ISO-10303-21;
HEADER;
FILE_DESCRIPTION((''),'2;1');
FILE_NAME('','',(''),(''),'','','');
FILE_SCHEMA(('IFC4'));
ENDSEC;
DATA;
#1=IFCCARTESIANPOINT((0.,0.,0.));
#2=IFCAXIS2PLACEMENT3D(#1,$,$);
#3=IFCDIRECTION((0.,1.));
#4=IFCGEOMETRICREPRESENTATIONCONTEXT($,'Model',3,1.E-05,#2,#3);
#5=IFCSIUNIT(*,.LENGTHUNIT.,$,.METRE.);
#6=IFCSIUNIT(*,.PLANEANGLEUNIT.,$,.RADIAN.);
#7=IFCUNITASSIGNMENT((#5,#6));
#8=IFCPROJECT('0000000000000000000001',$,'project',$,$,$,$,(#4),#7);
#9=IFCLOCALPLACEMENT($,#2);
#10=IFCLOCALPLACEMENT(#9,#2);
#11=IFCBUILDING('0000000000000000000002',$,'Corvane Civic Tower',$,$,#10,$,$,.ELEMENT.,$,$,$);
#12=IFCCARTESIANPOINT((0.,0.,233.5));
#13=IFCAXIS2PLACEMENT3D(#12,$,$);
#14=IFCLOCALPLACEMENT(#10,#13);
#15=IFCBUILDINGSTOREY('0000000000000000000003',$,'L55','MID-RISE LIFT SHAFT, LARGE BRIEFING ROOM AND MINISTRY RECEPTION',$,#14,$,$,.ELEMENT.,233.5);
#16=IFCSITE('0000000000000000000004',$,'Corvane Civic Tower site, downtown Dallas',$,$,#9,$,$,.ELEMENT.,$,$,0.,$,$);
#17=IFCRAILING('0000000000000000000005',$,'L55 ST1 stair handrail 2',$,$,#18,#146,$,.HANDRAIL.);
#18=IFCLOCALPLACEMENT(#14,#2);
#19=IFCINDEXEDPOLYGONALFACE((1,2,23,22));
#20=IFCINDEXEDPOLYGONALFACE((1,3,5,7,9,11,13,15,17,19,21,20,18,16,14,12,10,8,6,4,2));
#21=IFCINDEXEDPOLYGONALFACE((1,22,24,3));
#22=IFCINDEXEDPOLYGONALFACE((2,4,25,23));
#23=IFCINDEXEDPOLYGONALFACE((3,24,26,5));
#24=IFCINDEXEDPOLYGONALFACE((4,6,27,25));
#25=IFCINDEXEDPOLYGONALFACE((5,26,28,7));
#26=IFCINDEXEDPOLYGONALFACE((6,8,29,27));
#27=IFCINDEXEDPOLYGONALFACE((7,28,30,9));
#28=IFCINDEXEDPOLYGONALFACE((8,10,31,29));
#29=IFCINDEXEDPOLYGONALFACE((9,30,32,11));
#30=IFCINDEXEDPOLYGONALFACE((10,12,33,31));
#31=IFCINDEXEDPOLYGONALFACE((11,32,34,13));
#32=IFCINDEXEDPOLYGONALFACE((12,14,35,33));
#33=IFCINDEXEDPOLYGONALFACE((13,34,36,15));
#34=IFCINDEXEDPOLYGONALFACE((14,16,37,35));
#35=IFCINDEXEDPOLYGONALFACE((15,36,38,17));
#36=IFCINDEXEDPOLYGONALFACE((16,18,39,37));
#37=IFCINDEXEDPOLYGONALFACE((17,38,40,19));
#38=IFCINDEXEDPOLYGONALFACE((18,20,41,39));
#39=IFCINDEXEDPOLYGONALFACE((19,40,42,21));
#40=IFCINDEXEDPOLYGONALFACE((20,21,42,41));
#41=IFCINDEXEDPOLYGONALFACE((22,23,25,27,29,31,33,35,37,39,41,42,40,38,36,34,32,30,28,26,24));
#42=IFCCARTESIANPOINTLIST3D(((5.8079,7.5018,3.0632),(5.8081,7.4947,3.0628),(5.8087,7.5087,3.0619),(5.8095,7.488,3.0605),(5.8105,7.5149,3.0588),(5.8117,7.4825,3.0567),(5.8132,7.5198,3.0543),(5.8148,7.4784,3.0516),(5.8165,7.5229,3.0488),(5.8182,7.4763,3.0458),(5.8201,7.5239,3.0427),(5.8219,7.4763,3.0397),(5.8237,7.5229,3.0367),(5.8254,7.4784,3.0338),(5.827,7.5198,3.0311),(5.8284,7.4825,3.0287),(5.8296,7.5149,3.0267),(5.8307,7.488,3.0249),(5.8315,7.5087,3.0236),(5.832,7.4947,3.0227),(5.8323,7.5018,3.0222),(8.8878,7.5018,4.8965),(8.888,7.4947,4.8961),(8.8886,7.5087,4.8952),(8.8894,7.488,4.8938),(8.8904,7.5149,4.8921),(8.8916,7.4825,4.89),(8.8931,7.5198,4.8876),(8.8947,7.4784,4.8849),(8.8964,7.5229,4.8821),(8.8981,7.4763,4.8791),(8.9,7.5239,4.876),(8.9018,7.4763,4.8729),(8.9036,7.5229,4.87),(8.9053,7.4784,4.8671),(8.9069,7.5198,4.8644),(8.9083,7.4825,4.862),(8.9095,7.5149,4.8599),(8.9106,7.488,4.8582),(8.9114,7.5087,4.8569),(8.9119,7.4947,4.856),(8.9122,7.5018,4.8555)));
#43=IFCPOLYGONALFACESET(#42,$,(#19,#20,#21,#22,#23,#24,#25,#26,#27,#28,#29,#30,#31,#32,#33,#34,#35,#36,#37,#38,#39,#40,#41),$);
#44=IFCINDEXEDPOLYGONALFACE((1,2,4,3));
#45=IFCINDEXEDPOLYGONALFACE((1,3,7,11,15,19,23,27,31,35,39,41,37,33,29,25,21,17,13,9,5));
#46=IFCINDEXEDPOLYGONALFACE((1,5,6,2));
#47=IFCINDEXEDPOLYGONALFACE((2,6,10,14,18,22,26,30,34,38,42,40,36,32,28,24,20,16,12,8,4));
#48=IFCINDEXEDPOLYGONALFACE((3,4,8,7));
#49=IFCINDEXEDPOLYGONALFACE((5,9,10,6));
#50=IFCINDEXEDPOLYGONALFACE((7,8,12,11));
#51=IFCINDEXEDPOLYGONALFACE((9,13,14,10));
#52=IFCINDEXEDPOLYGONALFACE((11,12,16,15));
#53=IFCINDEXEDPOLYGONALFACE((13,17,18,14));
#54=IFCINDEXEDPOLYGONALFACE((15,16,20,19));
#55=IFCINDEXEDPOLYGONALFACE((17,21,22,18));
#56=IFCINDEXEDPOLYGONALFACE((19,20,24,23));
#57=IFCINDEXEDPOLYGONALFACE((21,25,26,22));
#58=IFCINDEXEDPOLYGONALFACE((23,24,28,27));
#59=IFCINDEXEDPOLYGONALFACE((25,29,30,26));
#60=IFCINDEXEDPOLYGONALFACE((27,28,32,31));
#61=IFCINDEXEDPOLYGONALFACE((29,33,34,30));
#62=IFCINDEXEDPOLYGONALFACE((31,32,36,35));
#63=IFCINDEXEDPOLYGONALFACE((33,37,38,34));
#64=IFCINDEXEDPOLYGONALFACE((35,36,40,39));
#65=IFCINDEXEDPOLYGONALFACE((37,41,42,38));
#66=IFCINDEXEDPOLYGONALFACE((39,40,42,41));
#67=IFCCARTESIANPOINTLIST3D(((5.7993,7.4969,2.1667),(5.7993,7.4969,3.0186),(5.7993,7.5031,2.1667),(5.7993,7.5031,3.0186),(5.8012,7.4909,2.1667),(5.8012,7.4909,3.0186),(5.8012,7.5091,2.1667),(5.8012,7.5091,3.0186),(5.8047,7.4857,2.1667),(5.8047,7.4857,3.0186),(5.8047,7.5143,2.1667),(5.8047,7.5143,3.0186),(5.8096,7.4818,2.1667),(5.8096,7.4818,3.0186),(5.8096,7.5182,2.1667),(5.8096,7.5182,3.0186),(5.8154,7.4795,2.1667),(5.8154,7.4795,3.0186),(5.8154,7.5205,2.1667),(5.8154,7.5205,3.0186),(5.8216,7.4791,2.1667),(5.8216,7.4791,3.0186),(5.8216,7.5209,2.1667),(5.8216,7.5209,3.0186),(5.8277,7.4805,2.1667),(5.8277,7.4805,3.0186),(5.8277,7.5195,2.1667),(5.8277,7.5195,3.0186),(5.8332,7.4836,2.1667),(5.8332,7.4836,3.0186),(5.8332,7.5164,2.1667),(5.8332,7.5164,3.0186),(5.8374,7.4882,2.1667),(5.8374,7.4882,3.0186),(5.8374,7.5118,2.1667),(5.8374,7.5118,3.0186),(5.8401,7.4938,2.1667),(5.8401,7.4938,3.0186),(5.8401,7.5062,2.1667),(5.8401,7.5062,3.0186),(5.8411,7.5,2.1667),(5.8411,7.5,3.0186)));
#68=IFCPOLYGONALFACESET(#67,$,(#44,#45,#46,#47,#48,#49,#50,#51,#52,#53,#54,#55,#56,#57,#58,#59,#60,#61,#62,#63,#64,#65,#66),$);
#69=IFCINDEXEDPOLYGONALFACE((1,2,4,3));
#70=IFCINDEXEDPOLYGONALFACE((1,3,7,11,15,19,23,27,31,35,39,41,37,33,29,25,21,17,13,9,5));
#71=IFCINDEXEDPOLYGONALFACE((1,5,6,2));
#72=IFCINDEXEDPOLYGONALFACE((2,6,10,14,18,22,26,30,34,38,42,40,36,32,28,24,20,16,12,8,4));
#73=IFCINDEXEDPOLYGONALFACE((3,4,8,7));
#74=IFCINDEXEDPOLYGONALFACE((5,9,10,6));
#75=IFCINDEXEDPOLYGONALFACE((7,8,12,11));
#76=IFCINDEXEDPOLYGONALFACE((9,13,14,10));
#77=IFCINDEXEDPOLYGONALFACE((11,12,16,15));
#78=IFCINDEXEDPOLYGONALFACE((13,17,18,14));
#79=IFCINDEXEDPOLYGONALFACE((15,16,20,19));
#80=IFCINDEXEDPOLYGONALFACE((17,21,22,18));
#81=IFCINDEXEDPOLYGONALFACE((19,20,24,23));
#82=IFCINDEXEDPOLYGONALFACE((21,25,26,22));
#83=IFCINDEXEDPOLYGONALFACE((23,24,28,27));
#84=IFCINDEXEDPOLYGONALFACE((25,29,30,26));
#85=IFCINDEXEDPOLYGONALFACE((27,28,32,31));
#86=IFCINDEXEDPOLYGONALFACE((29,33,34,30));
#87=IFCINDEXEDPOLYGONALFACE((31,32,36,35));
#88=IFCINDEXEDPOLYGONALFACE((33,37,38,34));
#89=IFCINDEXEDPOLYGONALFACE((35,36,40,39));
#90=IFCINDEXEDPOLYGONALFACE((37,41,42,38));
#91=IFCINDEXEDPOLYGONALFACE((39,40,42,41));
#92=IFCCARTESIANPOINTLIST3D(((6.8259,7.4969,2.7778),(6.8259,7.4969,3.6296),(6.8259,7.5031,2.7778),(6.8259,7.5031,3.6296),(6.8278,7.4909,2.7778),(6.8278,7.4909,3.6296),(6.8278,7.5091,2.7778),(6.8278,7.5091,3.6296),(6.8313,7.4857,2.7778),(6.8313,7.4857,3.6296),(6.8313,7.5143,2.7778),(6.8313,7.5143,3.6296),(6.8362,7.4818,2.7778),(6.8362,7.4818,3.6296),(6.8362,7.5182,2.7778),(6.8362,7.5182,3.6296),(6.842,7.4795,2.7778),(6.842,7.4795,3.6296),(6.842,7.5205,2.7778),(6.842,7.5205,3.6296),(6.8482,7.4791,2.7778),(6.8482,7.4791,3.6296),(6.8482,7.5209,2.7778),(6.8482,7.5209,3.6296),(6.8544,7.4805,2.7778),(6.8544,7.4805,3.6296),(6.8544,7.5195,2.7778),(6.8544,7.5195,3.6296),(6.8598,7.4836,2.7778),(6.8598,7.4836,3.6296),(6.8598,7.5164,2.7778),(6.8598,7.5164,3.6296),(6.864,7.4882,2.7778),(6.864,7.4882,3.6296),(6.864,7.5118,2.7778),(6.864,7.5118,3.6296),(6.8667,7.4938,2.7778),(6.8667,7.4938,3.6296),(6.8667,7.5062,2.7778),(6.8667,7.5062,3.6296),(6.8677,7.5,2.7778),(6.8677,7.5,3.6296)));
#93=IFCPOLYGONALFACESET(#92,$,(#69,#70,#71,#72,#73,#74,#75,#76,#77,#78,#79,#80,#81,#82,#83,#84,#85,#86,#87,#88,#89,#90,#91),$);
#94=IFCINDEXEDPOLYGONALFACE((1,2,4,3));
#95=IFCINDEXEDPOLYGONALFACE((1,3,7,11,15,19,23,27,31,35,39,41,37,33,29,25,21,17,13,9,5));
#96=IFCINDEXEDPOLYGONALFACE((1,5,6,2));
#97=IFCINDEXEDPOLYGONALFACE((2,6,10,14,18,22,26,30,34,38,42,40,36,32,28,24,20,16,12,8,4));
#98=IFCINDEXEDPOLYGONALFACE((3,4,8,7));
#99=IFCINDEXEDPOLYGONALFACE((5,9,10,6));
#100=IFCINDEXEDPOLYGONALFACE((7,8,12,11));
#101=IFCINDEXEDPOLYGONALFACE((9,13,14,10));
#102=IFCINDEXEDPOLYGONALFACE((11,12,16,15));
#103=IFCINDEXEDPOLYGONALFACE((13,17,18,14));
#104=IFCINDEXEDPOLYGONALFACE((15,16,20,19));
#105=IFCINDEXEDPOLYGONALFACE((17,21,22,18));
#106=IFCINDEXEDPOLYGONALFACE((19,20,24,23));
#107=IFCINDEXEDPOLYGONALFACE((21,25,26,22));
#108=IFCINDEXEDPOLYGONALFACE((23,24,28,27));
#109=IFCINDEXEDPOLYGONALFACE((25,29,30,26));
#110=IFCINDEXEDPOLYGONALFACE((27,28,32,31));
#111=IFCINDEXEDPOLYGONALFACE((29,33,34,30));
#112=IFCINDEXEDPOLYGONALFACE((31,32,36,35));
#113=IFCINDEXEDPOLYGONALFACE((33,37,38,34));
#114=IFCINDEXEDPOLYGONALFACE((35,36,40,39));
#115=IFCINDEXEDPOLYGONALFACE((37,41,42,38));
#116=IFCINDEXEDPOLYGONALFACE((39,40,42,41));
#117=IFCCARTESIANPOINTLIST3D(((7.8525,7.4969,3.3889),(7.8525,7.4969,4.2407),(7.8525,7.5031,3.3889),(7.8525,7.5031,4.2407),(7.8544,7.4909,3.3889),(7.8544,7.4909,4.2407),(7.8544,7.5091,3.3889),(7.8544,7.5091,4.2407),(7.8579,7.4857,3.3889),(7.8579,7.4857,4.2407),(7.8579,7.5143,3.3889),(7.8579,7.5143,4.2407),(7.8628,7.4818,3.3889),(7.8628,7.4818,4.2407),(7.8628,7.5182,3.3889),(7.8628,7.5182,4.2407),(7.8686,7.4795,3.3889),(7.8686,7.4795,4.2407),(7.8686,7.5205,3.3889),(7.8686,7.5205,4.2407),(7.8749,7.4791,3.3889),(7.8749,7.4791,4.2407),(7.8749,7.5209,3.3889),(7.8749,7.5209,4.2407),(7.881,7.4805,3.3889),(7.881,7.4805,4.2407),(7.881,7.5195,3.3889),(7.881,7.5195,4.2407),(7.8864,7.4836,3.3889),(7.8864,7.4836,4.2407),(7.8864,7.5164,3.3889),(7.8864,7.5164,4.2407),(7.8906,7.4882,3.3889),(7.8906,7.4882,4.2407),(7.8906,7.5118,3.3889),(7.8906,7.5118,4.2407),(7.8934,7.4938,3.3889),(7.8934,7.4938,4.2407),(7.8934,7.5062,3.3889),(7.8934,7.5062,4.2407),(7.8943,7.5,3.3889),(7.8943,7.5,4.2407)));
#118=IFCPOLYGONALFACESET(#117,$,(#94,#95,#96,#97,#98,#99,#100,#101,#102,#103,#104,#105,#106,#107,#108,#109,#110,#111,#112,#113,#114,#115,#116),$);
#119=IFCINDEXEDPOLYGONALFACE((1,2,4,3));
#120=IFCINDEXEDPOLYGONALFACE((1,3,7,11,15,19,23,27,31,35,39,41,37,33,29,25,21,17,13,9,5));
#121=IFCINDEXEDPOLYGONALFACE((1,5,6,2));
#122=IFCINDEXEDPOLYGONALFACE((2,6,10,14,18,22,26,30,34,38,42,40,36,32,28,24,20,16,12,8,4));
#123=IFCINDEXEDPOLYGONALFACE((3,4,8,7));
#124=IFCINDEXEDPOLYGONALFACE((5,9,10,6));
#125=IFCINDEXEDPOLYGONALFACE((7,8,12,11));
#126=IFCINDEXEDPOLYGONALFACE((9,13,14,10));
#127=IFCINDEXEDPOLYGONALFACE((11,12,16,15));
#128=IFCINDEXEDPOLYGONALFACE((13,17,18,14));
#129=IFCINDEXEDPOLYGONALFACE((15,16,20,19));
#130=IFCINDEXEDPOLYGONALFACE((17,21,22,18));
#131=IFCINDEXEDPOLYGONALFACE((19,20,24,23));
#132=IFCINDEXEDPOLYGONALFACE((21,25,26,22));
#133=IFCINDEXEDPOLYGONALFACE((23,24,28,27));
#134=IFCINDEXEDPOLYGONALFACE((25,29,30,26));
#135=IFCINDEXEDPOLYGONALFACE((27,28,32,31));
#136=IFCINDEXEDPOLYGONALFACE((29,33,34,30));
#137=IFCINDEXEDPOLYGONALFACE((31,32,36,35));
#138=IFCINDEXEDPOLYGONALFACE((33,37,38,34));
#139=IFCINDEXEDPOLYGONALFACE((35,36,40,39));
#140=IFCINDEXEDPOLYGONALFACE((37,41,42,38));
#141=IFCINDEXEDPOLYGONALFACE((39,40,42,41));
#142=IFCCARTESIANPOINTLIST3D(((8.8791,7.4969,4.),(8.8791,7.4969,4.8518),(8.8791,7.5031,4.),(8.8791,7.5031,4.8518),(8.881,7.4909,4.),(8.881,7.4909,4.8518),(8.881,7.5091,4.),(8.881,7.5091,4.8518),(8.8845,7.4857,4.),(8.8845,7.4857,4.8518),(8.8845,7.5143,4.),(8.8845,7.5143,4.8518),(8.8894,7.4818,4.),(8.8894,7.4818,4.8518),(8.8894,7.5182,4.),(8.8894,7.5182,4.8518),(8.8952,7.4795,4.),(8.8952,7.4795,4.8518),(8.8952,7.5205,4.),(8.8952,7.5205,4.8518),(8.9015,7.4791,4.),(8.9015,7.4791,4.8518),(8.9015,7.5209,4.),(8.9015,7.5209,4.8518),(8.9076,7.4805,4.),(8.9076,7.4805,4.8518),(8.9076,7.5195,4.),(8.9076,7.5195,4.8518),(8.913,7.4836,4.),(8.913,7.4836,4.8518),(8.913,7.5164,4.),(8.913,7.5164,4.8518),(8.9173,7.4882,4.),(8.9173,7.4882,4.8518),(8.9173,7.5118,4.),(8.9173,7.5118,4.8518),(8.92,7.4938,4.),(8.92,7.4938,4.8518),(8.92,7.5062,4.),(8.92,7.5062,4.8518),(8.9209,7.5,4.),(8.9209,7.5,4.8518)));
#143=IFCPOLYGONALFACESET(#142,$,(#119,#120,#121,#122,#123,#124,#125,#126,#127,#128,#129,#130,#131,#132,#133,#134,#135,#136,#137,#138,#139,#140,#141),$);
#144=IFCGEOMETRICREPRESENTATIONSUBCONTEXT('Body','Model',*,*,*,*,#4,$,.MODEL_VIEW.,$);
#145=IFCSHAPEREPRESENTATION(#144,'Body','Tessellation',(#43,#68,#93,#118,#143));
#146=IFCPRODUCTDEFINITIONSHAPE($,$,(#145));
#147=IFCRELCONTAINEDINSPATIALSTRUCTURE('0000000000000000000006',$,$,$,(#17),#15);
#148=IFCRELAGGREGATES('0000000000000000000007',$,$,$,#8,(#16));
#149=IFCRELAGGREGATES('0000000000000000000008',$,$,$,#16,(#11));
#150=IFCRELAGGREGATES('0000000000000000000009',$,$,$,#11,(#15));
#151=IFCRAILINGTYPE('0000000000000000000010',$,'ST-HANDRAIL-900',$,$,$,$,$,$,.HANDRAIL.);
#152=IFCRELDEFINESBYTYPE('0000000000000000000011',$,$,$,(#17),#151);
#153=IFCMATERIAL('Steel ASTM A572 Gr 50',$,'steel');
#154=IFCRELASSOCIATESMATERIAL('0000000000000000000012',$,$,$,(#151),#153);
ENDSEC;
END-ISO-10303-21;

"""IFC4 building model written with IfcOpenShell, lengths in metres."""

from ifc_helpers import new_model, si_unit, direction, frame, origin, origin_2d, place, context, subcontext, project, spatial, circle, extrude, material, type_object, element, save


model = new_model("IFC4")

# Units and contexts
model_context = context("Model", 3, precision=1e-05, world=origin(), true_north=direction((0.0, 1.0)))
body_context = subcontext(model_context, "Body", "Model", "MODEL_VIEW")
ifc_project = project(units=[si_unit("LENGTHUNIT", "METRE"), si_unit("PLANEANGLEUNIT", "RADIAN")], contexts=[model_context])

# Site, building, storey
site_placement = place(None, origin())
site = spatial("IfcSite", under=ifc_project, at=site_placement, Name="Corvane Civic Tower site, downtown Dallas", CompositionType="ELEMENT", RefElevation=0.0)
building_placement = place(site_placement, origin())
building = spatial("IfcBuilding", under=site, at=building_placement, Name="Corvane Civic Tower", CompositionType="ELEMENT")
storey_placement = place(building_placement, frame((0.0, 0.0, 233.5)))
storey = spatial("IfcBuildingStorey", under=building, at=storey_placement, Name="L55", Description="MID-RISE LIFT SHAFT, LARGE BRIEFING ROOM AND MINISTRY RECEPTION", CompositionType="ELEMENT", Elevation=233.5)

# Railing
ifc_material_1 = material(Name="Steel ASTM A572 Gr 50", Category="steel")
railing_type_1 = type_object("IfcRailingType", Name="ST-HANDRAIL-900", PredefinedType="HANDRAIL", material=ifc_material_1)
railing_1_placement = place(storey_placement, frame((5.8201, 7.5, 2.1667)))
element("IfcRailing", 1, at=railing_1_placement, inside=storey, type_object=railing_type_1, Name="L55 ST1 stair handrail 2", PredefinedType="HANDRAIL", context=body_context, shape_type="SweptSolid", body=[
    extrude(circle(Radius=0.0239, at=origin_2d()), frame((0.0, 0.0, 0.876), z_axis=(0.859291, 0.0, 0.511487), x_axis=(0.0, 1.0, 0.0)), (0.0, 0.0, 1.0), 3.5842),
    extrude(circle(Radius=0.021, at=origin_2d()), origin(), (0.0, 0.0, 1.0), 0.8518),
    extrude(circle(Radius=0.021, at=origin_2d()), frame((1.0266, 0.0, 0.6111)), (0.0, 0.0, 1.0), 0.8518),
    extrude(circle(Radius=0.021, at=origin_2d()), frame((2.0532, 0.0, 1.2222)), (0.0, 0.0, 1.0), 0.8518),
    extrude(circle(Radius=0.021, at=origin_2d()), frame((3.0798, 0.0, 1.8333)), (0.0, 0.0, 1.0), 0.8518),
])

save(model, "model.ifc")
